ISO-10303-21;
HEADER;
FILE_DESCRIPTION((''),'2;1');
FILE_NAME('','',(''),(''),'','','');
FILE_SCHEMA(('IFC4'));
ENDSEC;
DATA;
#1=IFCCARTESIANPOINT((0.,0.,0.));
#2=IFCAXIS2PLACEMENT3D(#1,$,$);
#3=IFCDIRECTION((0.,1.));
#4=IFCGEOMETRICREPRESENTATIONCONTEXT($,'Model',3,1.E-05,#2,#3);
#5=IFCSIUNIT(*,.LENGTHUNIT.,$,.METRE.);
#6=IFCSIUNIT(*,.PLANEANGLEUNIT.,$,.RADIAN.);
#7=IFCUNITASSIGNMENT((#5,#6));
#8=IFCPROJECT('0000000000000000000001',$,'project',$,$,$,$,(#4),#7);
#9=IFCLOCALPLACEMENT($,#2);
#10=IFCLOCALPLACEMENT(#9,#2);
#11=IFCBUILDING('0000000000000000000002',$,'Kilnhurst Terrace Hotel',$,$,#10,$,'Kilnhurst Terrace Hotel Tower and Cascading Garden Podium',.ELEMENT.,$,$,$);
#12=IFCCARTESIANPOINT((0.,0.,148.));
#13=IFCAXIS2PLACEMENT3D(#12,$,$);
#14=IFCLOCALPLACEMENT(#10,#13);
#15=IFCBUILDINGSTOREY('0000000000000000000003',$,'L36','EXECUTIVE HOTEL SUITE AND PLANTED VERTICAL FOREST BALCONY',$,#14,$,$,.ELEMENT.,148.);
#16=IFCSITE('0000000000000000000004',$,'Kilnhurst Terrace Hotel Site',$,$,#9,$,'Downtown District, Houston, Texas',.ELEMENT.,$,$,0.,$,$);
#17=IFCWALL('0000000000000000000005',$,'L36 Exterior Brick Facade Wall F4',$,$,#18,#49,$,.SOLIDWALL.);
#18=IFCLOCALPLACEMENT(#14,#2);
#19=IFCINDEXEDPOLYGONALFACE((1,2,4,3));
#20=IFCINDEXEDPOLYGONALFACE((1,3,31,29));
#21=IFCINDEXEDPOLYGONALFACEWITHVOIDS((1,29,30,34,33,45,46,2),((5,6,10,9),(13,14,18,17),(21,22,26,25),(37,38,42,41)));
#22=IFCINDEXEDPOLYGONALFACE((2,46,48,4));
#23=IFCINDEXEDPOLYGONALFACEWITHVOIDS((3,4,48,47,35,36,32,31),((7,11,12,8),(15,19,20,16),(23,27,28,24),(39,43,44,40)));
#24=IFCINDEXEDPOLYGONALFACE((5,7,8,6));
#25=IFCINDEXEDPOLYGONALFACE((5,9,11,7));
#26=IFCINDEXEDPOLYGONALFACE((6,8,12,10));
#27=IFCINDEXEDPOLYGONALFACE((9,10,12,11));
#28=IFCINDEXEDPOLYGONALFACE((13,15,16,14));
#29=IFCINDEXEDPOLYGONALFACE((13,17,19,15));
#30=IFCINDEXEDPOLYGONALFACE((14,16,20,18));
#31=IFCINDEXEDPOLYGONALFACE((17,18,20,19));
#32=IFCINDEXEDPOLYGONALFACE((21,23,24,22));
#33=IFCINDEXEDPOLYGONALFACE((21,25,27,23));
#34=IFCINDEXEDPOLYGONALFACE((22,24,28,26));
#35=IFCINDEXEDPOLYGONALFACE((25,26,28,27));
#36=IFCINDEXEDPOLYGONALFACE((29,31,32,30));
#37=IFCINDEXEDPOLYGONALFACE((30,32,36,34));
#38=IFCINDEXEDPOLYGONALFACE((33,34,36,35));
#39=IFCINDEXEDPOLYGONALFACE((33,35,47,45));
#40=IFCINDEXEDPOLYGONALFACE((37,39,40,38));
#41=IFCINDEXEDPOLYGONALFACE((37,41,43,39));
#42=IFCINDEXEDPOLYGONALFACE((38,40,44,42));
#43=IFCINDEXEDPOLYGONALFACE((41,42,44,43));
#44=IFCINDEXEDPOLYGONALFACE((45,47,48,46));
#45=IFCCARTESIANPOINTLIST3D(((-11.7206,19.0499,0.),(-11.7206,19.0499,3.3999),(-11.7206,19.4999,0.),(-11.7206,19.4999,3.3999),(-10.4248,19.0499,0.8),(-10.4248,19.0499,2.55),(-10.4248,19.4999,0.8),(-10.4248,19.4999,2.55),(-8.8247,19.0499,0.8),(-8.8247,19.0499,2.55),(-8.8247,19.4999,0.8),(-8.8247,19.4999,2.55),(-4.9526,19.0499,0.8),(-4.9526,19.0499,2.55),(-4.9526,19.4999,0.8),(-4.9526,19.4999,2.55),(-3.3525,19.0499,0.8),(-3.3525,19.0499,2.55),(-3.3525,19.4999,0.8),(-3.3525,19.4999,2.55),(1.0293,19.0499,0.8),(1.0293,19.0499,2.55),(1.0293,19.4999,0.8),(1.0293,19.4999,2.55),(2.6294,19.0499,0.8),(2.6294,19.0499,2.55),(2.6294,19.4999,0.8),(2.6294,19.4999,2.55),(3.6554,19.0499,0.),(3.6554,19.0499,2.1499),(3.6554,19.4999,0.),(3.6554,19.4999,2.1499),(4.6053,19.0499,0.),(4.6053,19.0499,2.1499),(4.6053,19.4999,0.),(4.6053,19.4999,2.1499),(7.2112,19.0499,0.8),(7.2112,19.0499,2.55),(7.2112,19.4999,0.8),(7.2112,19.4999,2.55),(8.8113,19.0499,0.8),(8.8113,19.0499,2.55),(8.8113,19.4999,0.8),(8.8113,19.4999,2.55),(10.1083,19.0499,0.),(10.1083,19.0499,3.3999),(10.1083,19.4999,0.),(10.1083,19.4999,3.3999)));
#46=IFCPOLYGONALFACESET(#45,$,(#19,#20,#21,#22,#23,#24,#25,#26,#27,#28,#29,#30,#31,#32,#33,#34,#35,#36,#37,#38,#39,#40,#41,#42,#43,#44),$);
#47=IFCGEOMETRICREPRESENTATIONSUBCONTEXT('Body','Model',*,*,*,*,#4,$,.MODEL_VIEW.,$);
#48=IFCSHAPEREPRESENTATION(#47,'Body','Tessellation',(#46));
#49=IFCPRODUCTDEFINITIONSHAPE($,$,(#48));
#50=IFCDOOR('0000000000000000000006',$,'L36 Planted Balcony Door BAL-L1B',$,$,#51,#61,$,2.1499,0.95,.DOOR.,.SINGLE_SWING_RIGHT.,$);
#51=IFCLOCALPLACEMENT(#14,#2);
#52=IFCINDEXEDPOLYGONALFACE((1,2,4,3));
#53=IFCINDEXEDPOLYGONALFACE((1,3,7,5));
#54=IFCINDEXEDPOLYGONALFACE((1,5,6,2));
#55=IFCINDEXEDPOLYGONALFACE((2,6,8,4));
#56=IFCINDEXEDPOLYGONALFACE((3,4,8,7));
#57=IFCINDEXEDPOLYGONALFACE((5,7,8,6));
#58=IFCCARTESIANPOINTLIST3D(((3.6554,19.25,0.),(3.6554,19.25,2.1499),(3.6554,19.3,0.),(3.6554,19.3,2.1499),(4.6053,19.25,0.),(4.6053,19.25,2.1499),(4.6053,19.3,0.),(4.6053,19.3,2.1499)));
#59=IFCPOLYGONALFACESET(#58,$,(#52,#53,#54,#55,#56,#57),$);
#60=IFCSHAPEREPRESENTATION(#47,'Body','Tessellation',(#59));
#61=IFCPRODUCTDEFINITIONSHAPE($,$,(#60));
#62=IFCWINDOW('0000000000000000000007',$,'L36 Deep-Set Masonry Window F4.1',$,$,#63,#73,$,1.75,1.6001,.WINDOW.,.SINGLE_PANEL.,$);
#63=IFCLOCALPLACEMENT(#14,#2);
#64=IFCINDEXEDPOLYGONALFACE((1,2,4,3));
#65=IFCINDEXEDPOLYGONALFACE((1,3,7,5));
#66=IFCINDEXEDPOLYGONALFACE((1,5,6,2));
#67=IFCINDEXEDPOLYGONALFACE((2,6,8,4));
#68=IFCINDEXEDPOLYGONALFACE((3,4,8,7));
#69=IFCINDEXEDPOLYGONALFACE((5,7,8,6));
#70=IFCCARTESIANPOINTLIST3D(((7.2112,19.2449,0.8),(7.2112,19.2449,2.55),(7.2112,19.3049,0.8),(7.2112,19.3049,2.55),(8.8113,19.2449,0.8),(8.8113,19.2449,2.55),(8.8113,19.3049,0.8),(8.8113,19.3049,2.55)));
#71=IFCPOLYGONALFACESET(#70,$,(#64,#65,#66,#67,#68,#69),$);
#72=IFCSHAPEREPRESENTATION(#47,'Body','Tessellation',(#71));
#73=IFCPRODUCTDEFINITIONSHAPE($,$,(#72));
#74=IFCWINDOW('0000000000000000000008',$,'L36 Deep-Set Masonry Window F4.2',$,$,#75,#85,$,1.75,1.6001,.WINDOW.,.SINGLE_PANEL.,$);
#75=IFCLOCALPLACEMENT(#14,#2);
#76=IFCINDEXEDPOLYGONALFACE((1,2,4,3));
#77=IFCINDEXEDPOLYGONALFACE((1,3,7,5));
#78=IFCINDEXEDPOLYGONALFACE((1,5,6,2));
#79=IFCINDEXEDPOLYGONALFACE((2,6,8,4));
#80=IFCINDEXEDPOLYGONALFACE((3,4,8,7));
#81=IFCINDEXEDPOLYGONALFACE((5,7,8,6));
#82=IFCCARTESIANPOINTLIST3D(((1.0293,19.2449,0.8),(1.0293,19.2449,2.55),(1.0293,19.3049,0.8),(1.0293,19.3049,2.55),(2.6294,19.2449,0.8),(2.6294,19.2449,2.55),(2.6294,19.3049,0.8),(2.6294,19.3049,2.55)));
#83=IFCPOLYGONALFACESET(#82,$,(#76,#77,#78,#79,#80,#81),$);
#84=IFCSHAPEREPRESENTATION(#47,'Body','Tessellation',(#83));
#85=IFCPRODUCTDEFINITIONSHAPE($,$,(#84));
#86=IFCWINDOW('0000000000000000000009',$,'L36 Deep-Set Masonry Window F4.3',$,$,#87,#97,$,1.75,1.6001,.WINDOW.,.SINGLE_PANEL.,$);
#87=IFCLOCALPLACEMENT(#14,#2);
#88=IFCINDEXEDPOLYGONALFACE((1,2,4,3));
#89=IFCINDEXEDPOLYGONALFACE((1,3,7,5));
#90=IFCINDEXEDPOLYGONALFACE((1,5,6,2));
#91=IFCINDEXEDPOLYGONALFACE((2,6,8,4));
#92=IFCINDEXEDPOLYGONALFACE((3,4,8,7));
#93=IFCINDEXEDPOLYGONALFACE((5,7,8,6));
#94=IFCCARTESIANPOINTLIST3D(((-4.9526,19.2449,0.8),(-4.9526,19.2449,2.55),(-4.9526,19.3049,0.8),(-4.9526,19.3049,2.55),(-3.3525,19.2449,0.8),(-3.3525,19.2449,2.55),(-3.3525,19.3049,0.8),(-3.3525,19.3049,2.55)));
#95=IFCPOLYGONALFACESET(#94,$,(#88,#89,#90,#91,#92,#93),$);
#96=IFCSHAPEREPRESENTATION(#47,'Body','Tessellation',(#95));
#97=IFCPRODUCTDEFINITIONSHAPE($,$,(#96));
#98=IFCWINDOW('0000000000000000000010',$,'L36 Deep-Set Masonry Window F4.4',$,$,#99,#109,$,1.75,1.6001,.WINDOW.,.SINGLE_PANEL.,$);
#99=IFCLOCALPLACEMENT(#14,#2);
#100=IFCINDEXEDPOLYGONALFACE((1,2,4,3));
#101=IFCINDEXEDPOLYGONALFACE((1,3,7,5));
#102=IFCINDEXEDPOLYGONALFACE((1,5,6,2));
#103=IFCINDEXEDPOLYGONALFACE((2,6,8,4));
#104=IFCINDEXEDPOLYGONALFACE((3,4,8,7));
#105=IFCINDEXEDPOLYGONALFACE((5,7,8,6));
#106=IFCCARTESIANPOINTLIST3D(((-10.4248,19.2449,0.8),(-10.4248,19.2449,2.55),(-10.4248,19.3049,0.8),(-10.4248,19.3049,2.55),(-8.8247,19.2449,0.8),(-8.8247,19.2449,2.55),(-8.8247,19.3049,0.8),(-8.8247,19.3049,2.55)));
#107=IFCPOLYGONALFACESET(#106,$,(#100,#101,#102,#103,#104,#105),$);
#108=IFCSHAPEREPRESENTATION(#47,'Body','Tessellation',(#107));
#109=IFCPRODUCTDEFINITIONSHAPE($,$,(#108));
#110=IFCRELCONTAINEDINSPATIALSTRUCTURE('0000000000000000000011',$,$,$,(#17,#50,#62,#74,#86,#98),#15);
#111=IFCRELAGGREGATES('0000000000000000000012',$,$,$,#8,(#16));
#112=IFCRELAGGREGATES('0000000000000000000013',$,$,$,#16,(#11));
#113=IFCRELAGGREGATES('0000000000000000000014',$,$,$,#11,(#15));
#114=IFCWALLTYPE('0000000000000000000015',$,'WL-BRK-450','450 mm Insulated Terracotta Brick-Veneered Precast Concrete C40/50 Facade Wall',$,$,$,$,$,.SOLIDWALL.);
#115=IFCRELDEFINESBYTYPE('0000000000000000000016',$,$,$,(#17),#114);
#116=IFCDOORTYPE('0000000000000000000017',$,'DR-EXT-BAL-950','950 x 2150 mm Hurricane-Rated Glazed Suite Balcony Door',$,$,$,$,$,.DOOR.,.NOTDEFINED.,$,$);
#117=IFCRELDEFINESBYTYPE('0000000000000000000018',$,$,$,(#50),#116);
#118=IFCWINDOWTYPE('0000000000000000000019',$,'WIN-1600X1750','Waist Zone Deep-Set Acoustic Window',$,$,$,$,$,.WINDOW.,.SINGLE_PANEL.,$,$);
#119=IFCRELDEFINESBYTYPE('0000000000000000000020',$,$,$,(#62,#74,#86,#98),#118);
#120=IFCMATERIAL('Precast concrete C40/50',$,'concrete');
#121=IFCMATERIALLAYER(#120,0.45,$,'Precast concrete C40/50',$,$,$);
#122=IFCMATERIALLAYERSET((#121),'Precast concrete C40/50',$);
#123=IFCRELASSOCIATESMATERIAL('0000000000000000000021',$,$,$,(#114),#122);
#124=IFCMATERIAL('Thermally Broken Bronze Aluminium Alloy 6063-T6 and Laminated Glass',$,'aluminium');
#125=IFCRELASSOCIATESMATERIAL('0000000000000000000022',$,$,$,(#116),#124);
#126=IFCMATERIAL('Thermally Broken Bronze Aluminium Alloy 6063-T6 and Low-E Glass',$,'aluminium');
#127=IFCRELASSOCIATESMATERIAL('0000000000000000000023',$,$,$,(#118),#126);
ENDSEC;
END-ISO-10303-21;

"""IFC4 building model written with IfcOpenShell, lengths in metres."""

from ifc_helpers import new_model, si_unit, direction, frame, frame_2d, origin, place, context, subcontext, project, spatial, rectangle, extrude, material, layer, layer_set, type_object, element, fill, save


model = new_model("IFC4")

# Units and contexts
model_context = context("Model", 3, precision=1e-05, world=origin(), true_north=direction((0.0, 1.0)))
body_context = subcontext(model_context, "Body", "Model", "MODEL_VIEW")
ifc_project = project(units=[si_unit("LENGTHUNIT", "METRE"), si_unit("PLANEANGLEUNIT", "RADIAN")], contexts=[model_context])

# Site, building, storey
site_placement = place(None, origin())
site = spatial("IfcSite", under=ifc_project, at=site_placement, Name="Kilnhurst Terrace Hotel Site", LongName="Downtown District, Houston, Texas", CompositionType="ELEMENT", RefElevation=0.0)
building_placement = place(site_placement, origin())
building = spatial("IfcBuilding", under=site, at=building_placement, Name="Kilnhurst Terrace Hotel", LongName="Kilnhurst Terrace Hotel Tower and Cascading Garden Podium", CompositionType="ELEMENT")
storey_placement = place(building_placement, frame((0.0, 0.0, 148.0)))
storey = spatial("IfcBuildingStorey", under=building, at=storey_placement, Name="L36", Description="EXECUTIVE HOTEL SUITE AND PLANTED VERTICAL FOREST BALCONY", CompositionType="ELEMENT", Elevation=148.0)

# Shared definitions
ifc_material_1 = material(Name="Precast concrete C40/50", Category="concrete")
ifc_layer_1 = layer(ifc_material_1, 0.45, Name="Precast concrete C40/50")
ifc_layer_set_1 = layer_set([ifc_layer_1], Name="Precast concrete C40/50")
wall_type_1 = type_object("IfcWallType", Name="WL-BRK-450", Description="450 mm Insulated Terracotta Brick-Veneered Precast Concrete C40/50 Facade Wall", PredefinedType="SOLIDWALL", material=ifc_layer_set_1)

# Wall, openings, door, windows
wall_1_placement = place(storey_placement, frame((10.1084, 19.2749, 0.0), z_axis=(0.0, 0.0, 1.0), x_axis=(-1.0, 0.0, 0.0)))
wall_1 = element("IfcWall", 1, at=wall_1_placement, inside=storey, type_object=wall_type_1, Name="L36 Exterior Brick Facade Wall F4", PredefinedType="SOLIDWALL", context=body_context, shape_type="SweptSolid", body=[
    extrude(rectangle(XDim=21.8289, YDim=0.45, at=frame_2d((10.9146, 0.0))), origin(), (0.0, 0.0, 1.0), 3.3999),
])
opening_1_placement = place(wall_1_placement, frame((5.5029, 0.0, 0.0)))
opening_1 = element("IfcOpeningElement", 2, at=opening_1_placement, cuts=wall_1, PredefinedType="OPENING", context=body_context, shape_type="SweptSolid", body=[
    extrude(rectangle(XDim=0.95, YDim=2.1499, at=frame_2d((0.4751, 1.075))), frame((0.0, 0.2349, 0.0), z_axis=(0.0, -1.0, 0.0), x_axis=(1.0, 0.0, 0.0)), (0.0, 0.0, 1.0), 0.47),
])
opening_2_placement = place(wall_1_placement, frame((1.2971, 0.0, 0.8)))
opening_2 = element("IfcOpeningElement", 3, at=opening_2_placement, cuts=wall_1, PredefinedType="OPENING", context=body_context, shape_type="SweptSolid", body=[
    extrude(rectangle(XDim=1.6001, YDim=1.75, at=frame_2d((0.8, 0.875))), frame((0.0, 0.2349, 0.0), z_axis=(0.0, -1.0, 0.0), x_axis=(1.0, 0.0, 0.0)), (0.0, 0.0, 1.0), 0.47),
])
opening_3_placement = place(wall_1_placement, frame((7.479, 0.0, 0.8)))
opening_3 = element("IfcOpeningElement", 4, at=opening_3_placement, cuts=wall_1, PredefinedType="OPENING", context=body_context, shape_type="SweptSolid", body=[
    extrude(rectangle(XDim=1.6001, YDim=1.75, at=frame_2d((0.8, 0.875))), frame((0.0, 0.2349, 0.0), z_axis=(0.0, -1.0, 0.0), x_axis=(1.0, 0.0, 0.0)), (0.0, 0.0, 1.0), 0.47),
])
opening_4_placement = place(wall_1_placement, frame((13.4609, 0.0, 0.8)))
opening_4 = element("IfcOpeningElement", 5, at=opening_4_placement, cuts=wall_1, PredefinedType="OPENING", context=body_context, shape_type="SweptSolid", body=[
    extrude(rectangle(XDim=1.6001, YDim=1.75, at=frame_2d((0.8, 0.875))), frame((0.0, 0.2349, 0.0), z_axis=(0.0, -1.0, 0.0), x_axis=(1.0, 0.0, 0.0)), (0.0, 0.0, 1.0), 0.47),
])
opening_5_placement = place(wall_1_placement, frame((18.9331, 0.0, 0.8)))
opening_5 = element("IfcOpeningElement", 6, at=opening_5_placement, cuts=wall_1, PredefinedType="OPENING", context=body_context, shape_type="SweptSolid", body=[
    extrude(rectangle(XDim=1.6001, YDim=1.75, at=frame_2d((0.8, 0.875))), frame((0.0, 0.2349, 0.0), z_axis=(0.0, -1.0, 0.0), x_axis=(1.0, 0.0, 0.0)), (0.0, 0.0, 1.0), 0.47),
])
ifc_material_2 = material(Name="Thermally Broken Bronze Aluminium Alloy 6063-T6 and Laminated Glass", Category="aluminium")
door_type_1 = type_object("IfcDoorType", Name="DR-EXT-BAL-950", Description="950 x 2150 mm Hurricane-Rated Glazed Suite Balcony Door", OperationType="NOTDEFINED", PredefinedType="DOOR", material=ifc_material_2)
door_1_placement = place(opening_1_placement, origin())
door_1 = element("IfcDoor", 7, at=door_1_placement, inside=storey, type_object=door_type_1, Name="L36 Planted Balcony Door BAL-L1B", OperationType="SINGLE_SWING_RIGHT", OverallHeight=2.1499, OverallWidth=0.95, PredefinedType="DOOR", context=body_context, shape_type="SweptSolid", body=[
    extrude(rectangle(XDim=0.95, YDim=2.1499, at=frame_2d((0.4751, 1.075))), frame((0.0, 0.0249, 0.0), z_axis=(0.0, -1.0, 0.0), x_axis=(1.0, 0.0, 0.0)), (0.0, 0.0, 1.0), 0.05),
])
fill(opening_1, door_1)
ifc_material_3 = material(Name="Thermally Broken Bronze Aluminium Alloy 6063-T6 and Low-E Glass", Category="aluminium")
window_type = type_object("IfcWindowType", Name="WIN-1600X1750", Description="Waist Zone Deep-Set Acoustic Window", PartitioningType="SINGLE_PANEL", PredefinedType="WINDOW", material=ifc_material_3)
window_1_placement = place(opening_2_placement, origin())
window_1 = element("IfcWindow", 8, at=window_1_placement, inside=storey, type_object=window_type, Name="L36 Deep-Set Masonry Window F4.1", OverallHeight=1.75, OverallWidth=1.6001, PartitioningType="SINGLE_PANEL", PredefinedType="WINDOW", context=body_context, shape_type="SweptSolid", body=[
    extrude(rectangle(XDim=1.6001, YDim=1.75, at=frame_2d((0.8, 0.875))), frame((0.0, 0.03, 0.0), z_axis=(0.0, -1.0, 0.0), x_axis=(1.0, 0.0, 0.0)), (0.0, 0.0, 1.0), 0.0601),
])
fill(opening_2, window_1)
window_2_placement = place(opening_3_placement, origin())
window_2 = element("IfcWindow", 9, at=window_2_placement, inside=storey, type_object=window_type, Name="L36 Deep-Set Masonry Window F4.2", OverallHeight=1.75, OverallWidth=1.6001, PartitioningType="SINGLE_PANEL", PredefinedType="WINDOW", context=body_context, shape_type="SweptSolid", body=[
    extrude(rectangle(XDim=1.6001, YDim=1.75, at=frame_2d((0.8, 0.875))), frame((0.0, 0.03, 0.0), z_axis=(0.0, -1.0, 0.0), x_axis=(1.0, 0.0, 0.0)), (0.0, 0.0, 1.0), 0.0601),
])
fill(opening_3, window_2)
window_3_placement = place(opening_4_placement, origin())
window_3 = element("IfcWindow", 10, at=window_3_placement, inside=storey, type_object=window_type, Name="L36 Deep-Set Masonry Window F4.3", OverallHeight=1.75, OverallWidth=1.6001, PartitioningType="SINGLE_PANEL", PredefinedType="WINDOW", context=body_context, shape_type="SweptSolid", body=[
    extrude(rectangle(XDim=1.6001, YDim=1.75, at=frame_2d((0.8, 0.875))), frame((0.0, 0.03, 0.0), z_axis=(0.0, -1.0, 0.0), x_axis=(1.0, 0.0, 0.0)), (0.0, 0.0, 1.0), 0.0601),
])
fill(opening_4, window_3)
window_4_placement = place(opening_5_placement, origin())
window_4 = element("IfcWindow", 11, at=window_4_placement, inside=storey, type_object=window_type, Name="L36 Deep-Set Masonry Window F4.4", OverallHeight=1.75, OverallWidth=1.6001, PartitioningType="SINGLE_PANEL", PredefinedType="WINDOW", context=body_context, shape_type="SweptSolid", body=[
    extrude(rectangle(XDim=1.6001, YDim=1.75, at=frame_2d((0.8, 0.875))), frame((0.0, 0.03, 0.0), z_axis=(0.0, -1.0, 0.0), x_axis=(1.0, 0.0, 0.0)), (0.0, 0.0, 1.0), 0.0601),
])
fill(opening_5, window_4)

save(model, "model.ifc")
